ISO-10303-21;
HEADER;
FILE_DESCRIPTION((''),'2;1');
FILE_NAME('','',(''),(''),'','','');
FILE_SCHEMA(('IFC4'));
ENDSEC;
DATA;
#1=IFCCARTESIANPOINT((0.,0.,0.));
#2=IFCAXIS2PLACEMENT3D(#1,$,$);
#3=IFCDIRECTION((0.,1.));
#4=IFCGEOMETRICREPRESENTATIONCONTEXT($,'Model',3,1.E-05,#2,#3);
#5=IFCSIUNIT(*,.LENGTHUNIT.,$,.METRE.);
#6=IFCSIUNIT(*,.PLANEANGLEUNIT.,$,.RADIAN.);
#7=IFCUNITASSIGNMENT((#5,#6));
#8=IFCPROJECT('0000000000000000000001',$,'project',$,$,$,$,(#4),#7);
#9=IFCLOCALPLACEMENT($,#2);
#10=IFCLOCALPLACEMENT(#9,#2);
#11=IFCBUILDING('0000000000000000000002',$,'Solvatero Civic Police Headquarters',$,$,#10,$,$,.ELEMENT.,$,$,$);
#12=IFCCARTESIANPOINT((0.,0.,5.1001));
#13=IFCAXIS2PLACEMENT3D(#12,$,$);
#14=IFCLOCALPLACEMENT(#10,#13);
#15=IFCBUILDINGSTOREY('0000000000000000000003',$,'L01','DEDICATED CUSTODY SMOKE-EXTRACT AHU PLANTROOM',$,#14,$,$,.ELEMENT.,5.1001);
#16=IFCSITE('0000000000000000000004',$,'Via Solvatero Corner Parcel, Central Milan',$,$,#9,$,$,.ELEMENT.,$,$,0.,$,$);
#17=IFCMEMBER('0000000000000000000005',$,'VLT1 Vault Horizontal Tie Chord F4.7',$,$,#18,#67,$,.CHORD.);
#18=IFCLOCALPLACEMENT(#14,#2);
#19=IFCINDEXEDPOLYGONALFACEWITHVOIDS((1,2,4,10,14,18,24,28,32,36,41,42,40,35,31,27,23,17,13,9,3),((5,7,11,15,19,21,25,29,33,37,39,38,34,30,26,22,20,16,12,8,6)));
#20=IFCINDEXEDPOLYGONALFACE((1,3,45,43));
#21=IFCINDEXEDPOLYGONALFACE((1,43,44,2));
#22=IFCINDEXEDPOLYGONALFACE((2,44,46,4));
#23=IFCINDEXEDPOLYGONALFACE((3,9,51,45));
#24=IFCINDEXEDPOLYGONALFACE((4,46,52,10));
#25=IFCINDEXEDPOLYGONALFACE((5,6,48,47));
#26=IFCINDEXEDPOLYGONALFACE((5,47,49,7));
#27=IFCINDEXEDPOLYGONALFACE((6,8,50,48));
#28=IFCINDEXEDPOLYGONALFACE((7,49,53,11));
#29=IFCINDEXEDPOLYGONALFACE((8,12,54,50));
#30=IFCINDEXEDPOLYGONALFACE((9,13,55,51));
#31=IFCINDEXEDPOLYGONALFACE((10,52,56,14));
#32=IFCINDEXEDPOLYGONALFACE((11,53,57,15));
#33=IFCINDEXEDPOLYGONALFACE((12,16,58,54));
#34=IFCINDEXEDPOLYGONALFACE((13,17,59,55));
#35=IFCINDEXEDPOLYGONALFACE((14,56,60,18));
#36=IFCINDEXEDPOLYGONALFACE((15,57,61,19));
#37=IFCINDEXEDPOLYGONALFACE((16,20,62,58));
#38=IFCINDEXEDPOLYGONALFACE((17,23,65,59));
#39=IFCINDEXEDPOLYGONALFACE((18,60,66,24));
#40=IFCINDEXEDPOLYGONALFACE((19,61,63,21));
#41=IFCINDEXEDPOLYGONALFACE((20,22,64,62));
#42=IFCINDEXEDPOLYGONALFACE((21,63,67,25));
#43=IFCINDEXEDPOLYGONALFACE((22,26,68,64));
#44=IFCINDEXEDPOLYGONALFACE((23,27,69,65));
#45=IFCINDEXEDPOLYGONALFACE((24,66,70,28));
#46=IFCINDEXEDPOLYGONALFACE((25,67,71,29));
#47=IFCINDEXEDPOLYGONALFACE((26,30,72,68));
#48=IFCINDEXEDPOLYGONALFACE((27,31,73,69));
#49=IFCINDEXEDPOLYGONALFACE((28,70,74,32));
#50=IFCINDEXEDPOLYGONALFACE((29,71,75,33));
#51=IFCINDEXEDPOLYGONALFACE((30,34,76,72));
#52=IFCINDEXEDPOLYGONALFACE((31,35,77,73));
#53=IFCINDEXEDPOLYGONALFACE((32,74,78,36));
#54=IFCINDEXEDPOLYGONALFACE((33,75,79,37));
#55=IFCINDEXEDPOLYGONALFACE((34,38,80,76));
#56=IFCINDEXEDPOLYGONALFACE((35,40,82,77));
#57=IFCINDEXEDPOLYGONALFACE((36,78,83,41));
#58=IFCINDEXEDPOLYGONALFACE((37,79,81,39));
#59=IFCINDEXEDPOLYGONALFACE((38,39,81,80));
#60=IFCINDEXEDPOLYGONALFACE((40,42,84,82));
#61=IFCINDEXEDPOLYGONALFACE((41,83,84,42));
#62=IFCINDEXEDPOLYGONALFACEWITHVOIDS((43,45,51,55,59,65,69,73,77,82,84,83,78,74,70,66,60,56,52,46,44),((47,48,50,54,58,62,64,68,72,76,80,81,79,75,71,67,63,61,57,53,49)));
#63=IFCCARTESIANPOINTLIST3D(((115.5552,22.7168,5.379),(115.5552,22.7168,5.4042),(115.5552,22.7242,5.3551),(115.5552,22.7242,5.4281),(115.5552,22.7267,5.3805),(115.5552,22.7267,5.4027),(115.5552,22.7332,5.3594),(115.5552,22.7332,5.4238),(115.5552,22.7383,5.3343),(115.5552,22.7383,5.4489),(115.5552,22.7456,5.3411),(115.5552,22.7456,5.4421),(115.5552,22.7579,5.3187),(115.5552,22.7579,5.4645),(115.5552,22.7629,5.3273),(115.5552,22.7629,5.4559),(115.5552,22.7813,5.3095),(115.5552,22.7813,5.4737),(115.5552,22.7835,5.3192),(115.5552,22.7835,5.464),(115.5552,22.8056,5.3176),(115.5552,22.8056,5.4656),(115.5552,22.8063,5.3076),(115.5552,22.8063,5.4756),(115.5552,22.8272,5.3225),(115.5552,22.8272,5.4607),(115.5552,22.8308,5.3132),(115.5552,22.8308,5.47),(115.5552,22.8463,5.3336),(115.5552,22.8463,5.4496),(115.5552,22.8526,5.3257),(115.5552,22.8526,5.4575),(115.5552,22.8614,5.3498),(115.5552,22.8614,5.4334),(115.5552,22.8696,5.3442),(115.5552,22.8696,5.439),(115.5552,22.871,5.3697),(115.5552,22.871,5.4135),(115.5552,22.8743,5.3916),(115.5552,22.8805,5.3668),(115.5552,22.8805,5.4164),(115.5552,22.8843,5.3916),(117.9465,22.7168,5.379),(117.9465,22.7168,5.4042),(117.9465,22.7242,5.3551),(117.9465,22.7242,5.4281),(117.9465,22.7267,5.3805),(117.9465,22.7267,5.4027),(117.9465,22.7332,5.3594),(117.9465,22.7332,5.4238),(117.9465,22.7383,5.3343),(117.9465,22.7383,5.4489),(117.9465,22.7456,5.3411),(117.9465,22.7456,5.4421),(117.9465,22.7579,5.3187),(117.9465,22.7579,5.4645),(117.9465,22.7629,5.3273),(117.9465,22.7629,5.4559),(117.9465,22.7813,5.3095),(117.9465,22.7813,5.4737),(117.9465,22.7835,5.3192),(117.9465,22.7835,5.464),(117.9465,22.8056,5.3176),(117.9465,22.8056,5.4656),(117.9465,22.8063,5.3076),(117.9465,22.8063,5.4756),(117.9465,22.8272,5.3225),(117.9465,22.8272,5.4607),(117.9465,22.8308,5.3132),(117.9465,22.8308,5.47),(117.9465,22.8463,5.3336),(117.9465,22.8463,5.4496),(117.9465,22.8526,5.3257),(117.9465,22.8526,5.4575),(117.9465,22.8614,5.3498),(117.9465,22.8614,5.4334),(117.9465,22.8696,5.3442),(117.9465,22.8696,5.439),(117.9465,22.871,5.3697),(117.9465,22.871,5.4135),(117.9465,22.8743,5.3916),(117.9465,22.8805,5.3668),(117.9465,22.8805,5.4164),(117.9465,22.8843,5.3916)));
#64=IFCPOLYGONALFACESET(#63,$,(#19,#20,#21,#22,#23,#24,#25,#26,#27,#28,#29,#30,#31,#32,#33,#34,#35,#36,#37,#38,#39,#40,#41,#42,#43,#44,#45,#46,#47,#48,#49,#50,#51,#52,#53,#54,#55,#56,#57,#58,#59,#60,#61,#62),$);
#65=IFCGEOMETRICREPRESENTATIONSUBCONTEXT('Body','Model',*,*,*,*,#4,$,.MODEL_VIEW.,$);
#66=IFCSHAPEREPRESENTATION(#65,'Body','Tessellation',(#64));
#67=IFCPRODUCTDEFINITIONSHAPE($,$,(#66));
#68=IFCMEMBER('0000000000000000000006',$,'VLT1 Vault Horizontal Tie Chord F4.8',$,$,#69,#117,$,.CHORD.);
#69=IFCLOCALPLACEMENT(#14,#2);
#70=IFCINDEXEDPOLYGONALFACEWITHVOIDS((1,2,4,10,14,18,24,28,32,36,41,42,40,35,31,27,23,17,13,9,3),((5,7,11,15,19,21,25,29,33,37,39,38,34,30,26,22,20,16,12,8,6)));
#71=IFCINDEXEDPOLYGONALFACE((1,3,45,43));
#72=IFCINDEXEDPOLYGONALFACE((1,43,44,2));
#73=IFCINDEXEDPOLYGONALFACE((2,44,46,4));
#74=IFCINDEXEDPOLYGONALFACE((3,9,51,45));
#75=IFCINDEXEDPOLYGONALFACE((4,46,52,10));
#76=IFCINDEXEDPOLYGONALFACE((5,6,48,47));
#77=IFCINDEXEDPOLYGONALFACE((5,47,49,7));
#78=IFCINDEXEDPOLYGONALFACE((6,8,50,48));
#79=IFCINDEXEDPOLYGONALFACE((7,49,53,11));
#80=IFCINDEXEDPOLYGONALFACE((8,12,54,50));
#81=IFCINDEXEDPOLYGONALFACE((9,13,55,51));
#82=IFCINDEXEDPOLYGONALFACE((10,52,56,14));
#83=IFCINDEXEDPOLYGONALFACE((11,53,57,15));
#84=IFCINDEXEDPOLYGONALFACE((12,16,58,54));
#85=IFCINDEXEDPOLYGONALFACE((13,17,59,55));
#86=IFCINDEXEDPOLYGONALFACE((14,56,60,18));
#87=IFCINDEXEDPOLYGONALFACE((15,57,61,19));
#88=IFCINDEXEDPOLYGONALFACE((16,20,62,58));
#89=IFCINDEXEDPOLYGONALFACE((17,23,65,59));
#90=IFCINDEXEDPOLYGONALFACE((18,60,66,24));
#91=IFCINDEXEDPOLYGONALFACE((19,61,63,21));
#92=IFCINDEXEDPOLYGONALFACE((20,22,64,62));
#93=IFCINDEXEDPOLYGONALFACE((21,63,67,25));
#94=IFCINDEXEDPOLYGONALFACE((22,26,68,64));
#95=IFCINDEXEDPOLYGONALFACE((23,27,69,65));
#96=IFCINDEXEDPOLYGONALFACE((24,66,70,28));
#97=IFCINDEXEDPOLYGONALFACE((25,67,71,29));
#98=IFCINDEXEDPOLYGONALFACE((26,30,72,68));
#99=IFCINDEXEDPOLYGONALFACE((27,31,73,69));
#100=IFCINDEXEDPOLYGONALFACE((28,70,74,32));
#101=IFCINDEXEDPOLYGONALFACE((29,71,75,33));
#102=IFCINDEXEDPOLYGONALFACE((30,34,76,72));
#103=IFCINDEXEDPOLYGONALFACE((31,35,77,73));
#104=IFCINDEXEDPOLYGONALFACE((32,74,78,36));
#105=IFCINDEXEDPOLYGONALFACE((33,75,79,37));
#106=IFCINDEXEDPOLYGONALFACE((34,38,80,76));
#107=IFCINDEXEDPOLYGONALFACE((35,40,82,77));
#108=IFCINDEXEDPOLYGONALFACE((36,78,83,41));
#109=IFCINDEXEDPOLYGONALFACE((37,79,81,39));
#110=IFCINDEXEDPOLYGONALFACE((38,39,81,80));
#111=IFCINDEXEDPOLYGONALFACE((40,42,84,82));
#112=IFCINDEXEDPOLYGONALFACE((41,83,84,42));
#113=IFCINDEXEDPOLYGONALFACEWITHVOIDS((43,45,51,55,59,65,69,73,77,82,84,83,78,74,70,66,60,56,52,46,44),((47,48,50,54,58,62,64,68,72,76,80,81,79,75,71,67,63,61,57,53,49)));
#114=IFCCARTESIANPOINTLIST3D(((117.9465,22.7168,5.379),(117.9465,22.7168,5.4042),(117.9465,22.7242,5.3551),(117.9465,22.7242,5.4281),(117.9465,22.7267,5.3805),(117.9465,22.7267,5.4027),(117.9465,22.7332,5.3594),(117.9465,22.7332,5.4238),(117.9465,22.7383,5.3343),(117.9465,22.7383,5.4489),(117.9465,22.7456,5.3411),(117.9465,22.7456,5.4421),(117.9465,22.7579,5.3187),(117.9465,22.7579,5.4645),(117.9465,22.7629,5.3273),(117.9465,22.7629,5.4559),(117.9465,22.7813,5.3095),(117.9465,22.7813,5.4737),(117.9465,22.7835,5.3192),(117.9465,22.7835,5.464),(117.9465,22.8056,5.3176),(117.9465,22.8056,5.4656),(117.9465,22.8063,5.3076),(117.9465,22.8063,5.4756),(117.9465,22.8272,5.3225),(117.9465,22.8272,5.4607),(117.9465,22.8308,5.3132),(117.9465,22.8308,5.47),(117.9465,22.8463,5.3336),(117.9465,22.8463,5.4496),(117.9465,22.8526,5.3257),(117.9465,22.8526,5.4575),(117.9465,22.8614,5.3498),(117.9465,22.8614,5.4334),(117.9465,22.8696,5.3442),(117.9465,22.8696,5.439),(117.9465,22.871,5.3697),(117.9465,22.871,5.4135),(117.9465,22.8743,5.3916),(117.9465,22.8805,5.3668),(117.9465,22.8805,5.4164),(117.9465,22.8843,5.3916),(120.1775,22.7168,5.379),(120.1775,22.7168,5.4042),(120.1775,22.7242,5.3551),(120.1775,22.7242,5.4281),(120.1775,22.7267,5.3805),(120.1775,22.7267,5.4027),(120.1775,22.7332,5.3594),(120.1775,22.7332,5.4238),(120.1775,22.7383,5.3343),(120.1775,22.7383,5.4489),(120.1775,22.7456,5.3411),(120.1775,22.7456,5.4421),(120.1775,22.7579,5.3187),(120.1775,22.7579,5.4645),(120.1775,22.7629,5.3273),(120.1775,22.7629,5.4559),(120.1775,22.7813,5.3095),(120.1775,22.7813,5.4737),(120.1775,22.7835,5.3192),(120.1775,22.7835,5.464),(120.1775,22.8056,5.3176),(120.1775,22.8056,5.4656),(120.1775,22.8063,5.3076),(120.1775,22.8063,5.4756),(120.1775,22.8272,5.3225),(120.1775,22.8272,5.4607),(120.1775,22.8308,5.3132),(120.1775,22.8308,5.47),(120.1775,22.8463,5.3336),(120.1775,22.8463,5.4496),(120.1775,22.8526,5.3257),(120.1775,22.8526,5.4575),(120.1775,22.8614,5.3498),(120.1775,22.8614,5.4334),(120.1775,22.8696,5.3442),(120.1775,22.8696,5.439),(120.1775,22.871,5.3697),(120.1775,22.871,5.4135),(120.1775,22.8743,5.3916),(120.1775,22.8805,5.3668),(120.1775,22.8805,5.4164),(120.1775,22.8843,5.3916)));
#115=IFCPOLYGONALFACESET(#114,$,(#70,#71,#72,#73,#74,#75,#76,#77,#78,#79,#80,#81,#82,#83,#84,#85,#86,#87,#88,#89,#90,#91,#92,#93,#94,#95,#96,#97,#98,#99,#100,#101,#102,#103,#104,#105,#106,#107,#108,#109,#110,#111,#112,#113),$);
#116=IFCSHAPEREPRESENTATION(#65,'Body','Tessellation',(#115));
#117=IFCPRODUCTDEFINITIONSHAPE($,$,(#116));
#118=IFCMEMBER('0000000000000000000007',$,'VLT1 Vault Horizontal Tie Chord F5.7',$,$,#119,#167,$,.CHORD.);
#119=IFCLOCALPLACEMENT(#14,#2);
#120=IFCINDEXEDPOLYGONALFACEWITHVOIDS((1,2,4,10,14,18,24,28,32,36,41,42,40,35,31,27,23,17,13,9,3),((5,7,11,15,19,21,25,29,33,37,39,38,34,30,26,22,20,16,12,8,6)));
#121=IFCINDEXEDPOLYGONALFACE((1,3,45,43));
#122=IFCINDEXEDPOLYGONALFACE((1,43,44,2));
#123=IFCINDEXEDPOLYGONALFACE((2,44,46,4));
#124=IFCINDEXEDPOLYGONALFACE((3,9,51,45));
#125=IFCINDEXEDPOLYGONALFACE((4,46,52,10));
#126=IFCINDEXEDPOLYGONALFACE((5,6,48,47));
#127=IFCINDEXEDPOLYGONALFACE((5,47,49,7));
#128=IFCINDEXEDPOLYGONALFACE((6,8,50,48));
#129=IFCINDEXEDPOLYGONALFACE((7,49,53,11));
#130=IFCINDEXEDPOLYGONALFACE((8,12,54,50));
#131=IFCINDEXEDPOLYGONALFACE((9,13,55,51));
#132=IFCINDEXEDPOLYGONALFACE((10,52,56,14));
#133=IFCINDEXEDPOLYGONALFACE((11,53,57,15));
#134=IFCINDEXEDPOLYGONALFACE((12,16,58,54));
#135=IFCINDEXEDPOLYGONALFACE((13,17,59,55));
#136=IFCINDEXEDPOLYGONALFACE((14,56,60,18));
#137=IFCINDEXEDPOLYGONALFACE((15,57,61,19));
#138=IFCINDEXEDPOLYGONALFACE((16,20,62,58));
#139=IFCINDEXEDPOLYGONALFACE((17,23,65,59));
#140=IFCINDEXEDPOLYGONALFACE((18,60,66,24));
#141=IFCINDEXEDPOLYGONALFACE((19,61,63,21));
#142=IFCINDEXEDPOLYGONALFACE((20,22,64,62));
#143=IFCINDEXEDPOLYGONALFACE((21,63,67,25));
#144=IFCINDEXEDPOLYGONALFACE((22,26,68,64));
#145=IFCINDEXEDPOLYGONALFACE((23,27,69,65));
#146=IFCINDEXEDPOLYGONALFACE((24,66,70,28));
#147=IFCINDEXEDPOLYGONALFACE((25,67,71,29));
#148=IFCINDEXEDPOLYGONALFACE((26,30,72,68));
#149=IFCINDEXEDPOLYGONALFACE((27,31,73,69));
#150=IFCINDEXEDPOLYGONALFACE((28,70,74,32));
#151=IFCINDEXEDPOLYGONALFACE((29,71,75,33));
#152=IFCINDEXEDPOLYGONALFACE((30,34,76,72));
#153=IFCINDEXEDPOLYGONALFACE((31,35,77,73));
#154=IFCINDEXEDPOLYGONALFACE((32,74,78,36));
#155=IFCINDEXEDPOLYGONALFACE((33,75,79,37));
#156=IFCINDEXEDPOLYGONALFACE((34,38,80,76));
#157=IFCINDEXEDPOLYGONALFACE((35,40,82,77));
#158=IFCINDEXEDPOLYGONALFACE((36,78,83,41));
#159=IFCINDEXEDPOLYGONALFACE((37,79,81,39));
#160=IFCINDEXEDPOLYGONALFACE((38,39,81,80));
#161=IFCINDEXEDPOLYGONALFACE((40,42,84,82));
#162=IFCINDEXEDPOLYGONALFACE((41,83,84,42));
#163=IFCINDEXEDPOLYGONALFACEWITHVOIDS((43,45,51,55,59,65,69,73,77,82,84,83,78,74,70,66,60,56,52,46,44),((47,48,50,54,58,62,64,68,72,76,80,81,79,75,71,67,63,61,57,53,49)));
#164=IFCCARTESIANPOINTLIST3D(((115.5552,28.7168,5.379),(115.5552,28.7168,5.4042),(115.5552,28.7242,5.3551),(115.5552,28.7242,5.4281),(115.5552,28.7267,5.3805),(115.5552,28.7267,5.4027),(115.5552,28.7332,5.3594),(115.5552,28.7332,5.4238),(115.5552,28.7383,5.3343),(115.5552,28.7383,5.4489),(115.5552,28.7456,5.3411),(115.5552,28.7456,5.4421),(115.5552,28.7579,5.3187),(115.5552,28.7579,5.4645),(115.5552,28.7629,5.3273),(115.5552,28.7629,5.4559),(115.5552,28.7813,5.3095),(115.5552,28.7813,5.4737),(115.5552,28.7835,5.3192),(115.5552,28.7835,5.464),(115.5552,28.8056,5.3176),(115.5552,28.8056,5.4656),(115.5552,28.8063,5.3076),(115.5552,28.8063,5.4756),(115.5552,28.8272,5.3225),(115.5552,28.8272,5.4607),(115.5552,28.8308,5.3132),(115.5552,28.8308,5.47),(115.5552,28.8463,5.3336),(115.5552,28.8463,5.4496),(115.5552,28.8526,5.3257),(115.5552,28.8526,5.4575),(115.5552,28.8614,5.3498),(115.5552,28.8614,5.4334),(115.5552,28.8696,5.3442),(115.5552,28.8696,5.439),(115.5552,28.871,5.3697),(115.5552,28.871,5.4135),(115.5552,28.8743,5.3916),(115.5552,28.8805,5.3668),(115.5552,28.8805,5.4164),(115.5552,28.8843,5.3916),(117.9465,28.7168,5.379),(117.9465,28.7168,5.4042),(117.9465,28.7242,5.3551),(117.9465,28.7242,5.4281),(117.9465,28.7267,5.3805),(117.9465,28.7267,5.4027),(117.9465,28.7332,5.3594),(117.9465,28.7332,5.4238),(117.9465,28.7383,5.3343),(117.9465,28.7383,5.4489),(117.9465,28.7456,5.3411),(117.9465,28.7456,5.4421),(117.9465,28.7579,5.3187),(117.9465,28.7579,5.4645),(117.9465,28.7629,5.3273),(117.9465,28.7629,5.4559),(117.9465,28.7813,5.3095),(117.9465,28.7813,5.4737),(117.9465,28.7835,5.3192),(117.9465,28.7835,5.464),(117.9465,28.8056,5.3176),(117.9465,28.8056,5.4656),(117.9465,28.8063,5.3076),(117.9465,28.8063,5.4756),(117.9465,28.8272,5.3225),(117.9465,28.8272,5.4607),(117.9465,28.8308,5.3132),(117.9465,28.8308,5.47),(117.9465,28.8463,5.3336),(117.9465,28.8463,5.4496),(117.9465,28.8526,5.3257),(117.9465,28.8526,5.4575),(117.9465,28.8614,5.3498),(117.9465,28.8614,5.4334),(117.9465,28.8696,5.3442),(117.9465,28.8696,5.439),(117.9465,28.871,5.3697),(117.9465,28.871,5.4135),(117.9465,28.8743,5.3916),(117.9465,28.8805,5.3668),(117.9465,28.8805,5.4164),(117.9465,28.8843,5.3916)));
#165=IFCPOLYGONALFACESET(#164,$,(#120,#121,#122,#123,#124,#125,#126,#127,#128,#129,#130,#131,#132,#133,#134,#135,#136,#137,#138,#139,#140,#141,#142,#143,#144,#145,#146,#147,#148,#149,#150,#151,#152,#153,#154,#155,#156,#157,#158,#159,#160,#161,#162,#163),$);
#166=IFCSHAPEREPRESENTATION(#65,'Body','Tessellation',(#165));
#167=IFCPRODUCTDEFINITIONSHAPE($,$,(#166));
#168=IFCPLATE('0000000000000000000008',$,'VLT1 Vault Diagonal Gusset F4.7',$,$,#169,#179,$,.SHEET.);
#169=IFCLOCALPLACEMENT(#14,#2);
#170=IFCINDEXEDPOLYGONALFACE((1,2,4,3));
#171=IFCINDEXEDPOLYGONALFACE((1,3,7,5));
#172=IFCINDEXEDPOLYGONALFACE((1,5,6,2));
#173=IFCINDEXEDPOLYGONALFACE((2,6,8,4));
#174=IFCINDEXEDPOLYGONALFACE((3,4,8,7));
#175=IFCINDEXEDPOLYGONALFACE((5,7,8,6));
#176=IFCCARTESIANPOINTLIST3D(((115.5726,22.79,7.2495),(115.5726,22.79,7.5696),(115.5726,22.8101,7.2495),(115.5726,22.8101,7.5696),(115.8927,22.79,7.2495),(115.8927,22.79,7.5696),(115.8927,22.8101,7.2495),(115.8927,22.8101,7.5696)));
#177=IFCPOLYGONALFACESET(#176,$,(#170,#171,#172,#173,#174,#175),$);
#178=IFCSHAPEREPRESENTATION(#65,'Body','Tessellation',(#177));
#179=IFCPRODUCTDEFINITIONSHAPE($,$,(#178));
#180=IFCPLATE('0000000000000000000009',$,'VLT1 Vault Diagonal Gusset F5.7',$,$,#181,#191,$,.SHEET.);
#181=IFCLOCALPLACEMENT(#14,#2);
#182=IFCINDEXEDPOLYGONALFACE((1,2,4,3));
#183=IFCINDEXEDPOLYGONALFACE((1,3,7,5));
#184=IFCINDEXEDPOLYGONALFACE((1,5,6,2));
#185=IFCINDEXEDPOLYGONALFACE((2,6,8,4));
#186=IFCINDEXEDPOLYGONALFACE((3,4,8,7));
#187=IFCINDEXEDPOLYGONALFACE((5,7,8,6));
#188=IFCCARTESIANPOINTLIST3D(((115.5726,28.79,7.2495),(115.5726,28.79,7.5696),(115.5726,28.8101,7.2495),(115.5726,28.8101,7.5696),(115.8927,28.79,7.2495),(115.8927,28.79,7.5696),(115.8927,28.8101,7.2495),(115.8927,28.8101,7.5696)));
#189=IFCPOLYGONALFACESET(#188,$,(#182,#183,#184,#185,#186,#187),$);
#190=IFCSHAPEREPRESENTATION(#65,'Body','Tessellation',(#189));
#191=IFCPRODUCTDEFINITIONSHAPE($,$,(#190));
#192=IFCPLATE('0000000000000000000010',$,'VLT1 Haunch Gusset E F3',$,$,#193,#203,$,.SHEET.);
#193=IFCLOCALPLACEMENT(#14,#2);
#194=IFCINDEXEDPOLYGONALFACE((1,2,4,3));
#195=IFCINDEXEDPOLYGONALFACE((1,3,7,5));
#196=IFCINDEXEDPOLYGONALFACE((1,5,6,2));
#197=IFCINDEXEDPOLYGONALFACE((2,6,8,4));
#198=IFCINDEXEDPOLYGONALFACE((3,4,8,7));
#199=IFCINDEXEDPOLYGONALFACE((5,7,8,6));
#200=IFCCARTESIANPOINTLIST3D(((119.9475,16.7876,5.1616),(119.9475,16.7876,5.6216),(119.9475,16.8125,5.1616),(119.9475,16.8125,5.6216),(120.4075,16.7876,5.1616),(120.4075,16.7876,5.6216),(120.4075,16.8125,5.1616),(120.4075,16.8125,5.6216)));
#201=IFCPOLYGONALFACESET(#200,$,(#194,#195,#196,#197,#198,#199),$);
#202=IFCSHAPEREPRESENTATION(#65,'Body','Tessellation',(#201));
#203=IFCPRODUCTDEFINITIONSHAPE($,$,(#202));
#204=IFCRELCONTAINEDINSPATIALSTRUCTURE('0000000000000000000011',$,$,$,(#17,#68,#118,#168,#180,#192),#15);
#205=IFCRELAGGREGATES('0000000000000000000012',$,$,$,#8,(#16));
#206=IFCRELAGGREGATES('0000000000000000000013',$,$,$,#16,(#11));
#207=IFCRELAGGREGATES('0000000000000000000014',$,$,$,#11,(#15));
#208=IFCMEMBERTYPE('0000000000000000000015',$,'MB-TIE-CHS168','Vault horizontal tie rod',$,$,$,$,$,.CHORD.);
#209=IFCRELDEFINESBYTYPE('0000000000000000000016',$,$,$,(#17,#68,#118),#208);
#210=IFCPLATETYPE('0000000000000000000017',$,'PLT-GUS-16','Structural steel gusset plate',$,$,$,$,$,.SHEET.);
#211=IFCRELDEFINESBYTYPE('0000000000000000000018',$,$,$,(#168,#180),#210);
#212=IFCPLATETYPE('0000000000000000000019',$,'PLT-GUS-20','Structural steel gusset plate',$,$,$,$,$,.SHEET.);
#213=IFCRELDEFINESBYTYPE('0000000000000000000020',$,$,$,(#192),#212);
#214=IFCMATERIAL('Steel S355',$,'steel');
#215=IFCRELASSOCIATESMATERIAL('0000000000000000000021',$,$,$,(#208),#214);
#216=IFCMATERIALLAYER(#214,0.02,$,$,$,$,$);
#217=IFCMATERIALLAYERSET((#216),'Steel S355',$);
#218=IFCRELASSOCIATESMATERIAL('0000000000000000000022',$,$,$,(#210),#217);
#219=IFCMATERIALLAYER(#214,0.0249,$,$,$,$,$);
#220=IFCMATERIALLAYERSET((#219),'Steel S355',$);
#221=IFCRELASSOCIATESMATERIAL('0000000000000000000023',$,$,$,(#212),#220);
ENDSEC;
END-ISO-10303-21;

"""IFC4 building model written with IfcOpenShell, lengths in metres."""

from ifc_helpers import new_model, si_unit, direction, frame, origin, origin_2d, place, context, subcontext, project, spatial, rectangle, hollow_circle, extrude, material, layer, layer_set, material_profile, profile_set, type_object, element, save


model = new_model("IFC4")

# Units and contexts
model_context = context("Model", 3, precision=1e-05, world=origin(), true_north=direction((0.0, 1.0)))
body_context = subcontext(model_context, "Body", "Model", "MODEL_VIEW")
ifc_project = project(units=[si_unit("LENGTHUNIT", "METRE"), si_unit("PLANEANGLEUNIT", "RADIAN")], contexts=[model_context])

# Site, building, storey
site_placement = place(None, origin())
site = spatial("IfcSite", under=ifc_project, at=site_placement, Name="Via Solvatero Corner Parcel, Central Milan", CompositionType="ELEMENT", RefElevation=0.0)
building_placement = place(site_placement, origin())
building = spatial("IfcBuilding", under=site, at=building_placement, Name="Solvatero Civic Police Headquarters", CompositionType="ELEMENT")
storey_placement = place(building_placement, frame((0.0, 0.0, 5.1001)))
storey = spatial("IfcBuildingStorey", under=building, at=storey_placement, Name="L01", Description="DEDICATED CUSTODY SMOKE-EXTRACT AHU PLANTROOM", CompositionType="ELEMENT", Elevation=5.1001)

# Shared definitions
ifc_material = material(Name="Steel S355", Category="steel")

# Members
ifc_material_profile_1 = material_profile(ifc_material, hollow_circle(Radius=0.0842, WallThickness=0.01, at=origin_2d()), Name="CHS 168.3x10.0")
ifc_profile_set_1 = profile_set([ifc_material_profile_1], Name="Steel S355")
member_type_1 = type_object("IfcMemberType", Name="MB-TIE-CHS168", Description="Vault horizontal tie rod", PredefinedType="CHORD", material=ifc_profile_set_1)
member_1_placement = place(storey_placement, frame((115.5552, 22.8, 5.3916), z_axis=(1.0, 0.0, 0.0), x_axis=(0.0, 1.0, 0.0)))
element("IfcMember", 1, at=member_1_placement, inside=storey, type_object=member_type_1, Name="VLT1 Vault Horizontal Tie Chord F4.7", PredefinedType="CHORD", context=body_context, shape_type="SweptSolid", body=[
    extrude(hollow_circle(Radius=0.0842, WallThickness=0.01, at=origin_2d()), origin(), (0.0, 0.0, 1.0), 2.3914),
])
member_2_placement = place(storey_placement, frame((117.9465, 22.8, 5.3916), z_axis=(1.0, 0.0, 0.0), x_axis=(0.0, 1.0, 0.0)))
element("IfcMember", 2, at=member_2_placement, inside=storey, type_object=member_type_1, Name="VLT1 Vault Horizontal Tie Chord F4.8", PredefinedType="CHORD", context=body_context, shape_type="SweptSolid", body=[
    extrude(hollow_circle(Radius=0.0842, WallThickness=0.01, at=origin_2d()), origin(), (0.0, 0.0, 1.0), 2.231),
])
member_3_placement = place(storey_placement, frame((115.5552, 28.8, 5.3916), z_axis=(1.0, 0.0, 0.0), x_axis=(0.0, 1.0, 0.0)))
element("IfcMember", 3, at=member_3_placement, inside=storey, type_object=member_type_1, Name="VLT1 Vault Horizontal Tie Chord F5.7", PredefinedType="CHORD", context=body_context, shape_type="SweptSolid", body=[
    extrude(hollow_circle(Radius=0.0842, WallThickness=0.01, at=origin_2d()), origin(), (0.0, 0.0, 1.0), 2.3914),
])

# Plates
ifc_layer_1 = layer(ifc_material, 0.02)
ifc_layer_set_1 = layer_set([ifc_layer_1], Name="Steel S355")
plate_type_1 = type_object("IfcPlateType", Name="PLT-GUS-16", Description="Structural steel gusset plate", PredefinedType="SHEET", material=ifc_layer_set_1)
for number, where, z_axis, x_axis, name in (
    (4, (115.7327, 22.8, 7.2495), (0.0, 0.0, 1.0), (1.0, 0.0, 0.0), "VLT1 Vault Diagonal Gusset F4.7"),
    (5, (115.7327, 28.8, 7.2495), (0.0, 0.0, 1.0), (1.0, 0.0, 0.0), "VLT1 Vault Diagonal Gusset F5.7"),
):
    element("IfcPlate", number, at=place(storey_placement, frame(where, z_axis=z_axis, x_axis=x_axis)), inside=storey, type_object=plate_type_1, Name=name, PredefinedType="SHEET", context=body_context, shape_type="SweptSolid", body=[
        extrude(rectangle(XDim=0.3201, YDim=0.02, at=origin_2d()), origin(), (0.0, 0.0, 1.0), 0.3201),
    ])
ifc_layer_2 = layer(ifc_material, 0.0249)
ifc_layer_set_2 = layer_set([ifc_layer_2], Name="Steel S355")
plate_type_2 = type_object("IfcPlateType", Name="PLT-GUS-20", Description="Structural steel gusset plate", PredefinedType="SHEET", material=ifc_layer_set_2)
for number, where, z_axis, x_axis, name in (
    (6, (120.1775, 16.8, 5.1616), (0.0, 0.0, 1.0), (1.0, 0.0, 0.0), "VLT1 Haunch Gusset E F3"),
):
    element("IfcPlate", number, at=place(storey_placement, frame(where, z_axis=z_axis, x_axis=x_axis)), inside=storey, type_object=plate_type_2, Name=name, PredefinedType="SHEET", context=body_context, shape_type="SweptSolid", body=[
        extrude(rectangle(XDim=0.46, YDim=0.0249, at=origin_2d()), origin(), (0.0, 0.0, 1.0), 0.46),
    ])

save(model, "model.ifc")
